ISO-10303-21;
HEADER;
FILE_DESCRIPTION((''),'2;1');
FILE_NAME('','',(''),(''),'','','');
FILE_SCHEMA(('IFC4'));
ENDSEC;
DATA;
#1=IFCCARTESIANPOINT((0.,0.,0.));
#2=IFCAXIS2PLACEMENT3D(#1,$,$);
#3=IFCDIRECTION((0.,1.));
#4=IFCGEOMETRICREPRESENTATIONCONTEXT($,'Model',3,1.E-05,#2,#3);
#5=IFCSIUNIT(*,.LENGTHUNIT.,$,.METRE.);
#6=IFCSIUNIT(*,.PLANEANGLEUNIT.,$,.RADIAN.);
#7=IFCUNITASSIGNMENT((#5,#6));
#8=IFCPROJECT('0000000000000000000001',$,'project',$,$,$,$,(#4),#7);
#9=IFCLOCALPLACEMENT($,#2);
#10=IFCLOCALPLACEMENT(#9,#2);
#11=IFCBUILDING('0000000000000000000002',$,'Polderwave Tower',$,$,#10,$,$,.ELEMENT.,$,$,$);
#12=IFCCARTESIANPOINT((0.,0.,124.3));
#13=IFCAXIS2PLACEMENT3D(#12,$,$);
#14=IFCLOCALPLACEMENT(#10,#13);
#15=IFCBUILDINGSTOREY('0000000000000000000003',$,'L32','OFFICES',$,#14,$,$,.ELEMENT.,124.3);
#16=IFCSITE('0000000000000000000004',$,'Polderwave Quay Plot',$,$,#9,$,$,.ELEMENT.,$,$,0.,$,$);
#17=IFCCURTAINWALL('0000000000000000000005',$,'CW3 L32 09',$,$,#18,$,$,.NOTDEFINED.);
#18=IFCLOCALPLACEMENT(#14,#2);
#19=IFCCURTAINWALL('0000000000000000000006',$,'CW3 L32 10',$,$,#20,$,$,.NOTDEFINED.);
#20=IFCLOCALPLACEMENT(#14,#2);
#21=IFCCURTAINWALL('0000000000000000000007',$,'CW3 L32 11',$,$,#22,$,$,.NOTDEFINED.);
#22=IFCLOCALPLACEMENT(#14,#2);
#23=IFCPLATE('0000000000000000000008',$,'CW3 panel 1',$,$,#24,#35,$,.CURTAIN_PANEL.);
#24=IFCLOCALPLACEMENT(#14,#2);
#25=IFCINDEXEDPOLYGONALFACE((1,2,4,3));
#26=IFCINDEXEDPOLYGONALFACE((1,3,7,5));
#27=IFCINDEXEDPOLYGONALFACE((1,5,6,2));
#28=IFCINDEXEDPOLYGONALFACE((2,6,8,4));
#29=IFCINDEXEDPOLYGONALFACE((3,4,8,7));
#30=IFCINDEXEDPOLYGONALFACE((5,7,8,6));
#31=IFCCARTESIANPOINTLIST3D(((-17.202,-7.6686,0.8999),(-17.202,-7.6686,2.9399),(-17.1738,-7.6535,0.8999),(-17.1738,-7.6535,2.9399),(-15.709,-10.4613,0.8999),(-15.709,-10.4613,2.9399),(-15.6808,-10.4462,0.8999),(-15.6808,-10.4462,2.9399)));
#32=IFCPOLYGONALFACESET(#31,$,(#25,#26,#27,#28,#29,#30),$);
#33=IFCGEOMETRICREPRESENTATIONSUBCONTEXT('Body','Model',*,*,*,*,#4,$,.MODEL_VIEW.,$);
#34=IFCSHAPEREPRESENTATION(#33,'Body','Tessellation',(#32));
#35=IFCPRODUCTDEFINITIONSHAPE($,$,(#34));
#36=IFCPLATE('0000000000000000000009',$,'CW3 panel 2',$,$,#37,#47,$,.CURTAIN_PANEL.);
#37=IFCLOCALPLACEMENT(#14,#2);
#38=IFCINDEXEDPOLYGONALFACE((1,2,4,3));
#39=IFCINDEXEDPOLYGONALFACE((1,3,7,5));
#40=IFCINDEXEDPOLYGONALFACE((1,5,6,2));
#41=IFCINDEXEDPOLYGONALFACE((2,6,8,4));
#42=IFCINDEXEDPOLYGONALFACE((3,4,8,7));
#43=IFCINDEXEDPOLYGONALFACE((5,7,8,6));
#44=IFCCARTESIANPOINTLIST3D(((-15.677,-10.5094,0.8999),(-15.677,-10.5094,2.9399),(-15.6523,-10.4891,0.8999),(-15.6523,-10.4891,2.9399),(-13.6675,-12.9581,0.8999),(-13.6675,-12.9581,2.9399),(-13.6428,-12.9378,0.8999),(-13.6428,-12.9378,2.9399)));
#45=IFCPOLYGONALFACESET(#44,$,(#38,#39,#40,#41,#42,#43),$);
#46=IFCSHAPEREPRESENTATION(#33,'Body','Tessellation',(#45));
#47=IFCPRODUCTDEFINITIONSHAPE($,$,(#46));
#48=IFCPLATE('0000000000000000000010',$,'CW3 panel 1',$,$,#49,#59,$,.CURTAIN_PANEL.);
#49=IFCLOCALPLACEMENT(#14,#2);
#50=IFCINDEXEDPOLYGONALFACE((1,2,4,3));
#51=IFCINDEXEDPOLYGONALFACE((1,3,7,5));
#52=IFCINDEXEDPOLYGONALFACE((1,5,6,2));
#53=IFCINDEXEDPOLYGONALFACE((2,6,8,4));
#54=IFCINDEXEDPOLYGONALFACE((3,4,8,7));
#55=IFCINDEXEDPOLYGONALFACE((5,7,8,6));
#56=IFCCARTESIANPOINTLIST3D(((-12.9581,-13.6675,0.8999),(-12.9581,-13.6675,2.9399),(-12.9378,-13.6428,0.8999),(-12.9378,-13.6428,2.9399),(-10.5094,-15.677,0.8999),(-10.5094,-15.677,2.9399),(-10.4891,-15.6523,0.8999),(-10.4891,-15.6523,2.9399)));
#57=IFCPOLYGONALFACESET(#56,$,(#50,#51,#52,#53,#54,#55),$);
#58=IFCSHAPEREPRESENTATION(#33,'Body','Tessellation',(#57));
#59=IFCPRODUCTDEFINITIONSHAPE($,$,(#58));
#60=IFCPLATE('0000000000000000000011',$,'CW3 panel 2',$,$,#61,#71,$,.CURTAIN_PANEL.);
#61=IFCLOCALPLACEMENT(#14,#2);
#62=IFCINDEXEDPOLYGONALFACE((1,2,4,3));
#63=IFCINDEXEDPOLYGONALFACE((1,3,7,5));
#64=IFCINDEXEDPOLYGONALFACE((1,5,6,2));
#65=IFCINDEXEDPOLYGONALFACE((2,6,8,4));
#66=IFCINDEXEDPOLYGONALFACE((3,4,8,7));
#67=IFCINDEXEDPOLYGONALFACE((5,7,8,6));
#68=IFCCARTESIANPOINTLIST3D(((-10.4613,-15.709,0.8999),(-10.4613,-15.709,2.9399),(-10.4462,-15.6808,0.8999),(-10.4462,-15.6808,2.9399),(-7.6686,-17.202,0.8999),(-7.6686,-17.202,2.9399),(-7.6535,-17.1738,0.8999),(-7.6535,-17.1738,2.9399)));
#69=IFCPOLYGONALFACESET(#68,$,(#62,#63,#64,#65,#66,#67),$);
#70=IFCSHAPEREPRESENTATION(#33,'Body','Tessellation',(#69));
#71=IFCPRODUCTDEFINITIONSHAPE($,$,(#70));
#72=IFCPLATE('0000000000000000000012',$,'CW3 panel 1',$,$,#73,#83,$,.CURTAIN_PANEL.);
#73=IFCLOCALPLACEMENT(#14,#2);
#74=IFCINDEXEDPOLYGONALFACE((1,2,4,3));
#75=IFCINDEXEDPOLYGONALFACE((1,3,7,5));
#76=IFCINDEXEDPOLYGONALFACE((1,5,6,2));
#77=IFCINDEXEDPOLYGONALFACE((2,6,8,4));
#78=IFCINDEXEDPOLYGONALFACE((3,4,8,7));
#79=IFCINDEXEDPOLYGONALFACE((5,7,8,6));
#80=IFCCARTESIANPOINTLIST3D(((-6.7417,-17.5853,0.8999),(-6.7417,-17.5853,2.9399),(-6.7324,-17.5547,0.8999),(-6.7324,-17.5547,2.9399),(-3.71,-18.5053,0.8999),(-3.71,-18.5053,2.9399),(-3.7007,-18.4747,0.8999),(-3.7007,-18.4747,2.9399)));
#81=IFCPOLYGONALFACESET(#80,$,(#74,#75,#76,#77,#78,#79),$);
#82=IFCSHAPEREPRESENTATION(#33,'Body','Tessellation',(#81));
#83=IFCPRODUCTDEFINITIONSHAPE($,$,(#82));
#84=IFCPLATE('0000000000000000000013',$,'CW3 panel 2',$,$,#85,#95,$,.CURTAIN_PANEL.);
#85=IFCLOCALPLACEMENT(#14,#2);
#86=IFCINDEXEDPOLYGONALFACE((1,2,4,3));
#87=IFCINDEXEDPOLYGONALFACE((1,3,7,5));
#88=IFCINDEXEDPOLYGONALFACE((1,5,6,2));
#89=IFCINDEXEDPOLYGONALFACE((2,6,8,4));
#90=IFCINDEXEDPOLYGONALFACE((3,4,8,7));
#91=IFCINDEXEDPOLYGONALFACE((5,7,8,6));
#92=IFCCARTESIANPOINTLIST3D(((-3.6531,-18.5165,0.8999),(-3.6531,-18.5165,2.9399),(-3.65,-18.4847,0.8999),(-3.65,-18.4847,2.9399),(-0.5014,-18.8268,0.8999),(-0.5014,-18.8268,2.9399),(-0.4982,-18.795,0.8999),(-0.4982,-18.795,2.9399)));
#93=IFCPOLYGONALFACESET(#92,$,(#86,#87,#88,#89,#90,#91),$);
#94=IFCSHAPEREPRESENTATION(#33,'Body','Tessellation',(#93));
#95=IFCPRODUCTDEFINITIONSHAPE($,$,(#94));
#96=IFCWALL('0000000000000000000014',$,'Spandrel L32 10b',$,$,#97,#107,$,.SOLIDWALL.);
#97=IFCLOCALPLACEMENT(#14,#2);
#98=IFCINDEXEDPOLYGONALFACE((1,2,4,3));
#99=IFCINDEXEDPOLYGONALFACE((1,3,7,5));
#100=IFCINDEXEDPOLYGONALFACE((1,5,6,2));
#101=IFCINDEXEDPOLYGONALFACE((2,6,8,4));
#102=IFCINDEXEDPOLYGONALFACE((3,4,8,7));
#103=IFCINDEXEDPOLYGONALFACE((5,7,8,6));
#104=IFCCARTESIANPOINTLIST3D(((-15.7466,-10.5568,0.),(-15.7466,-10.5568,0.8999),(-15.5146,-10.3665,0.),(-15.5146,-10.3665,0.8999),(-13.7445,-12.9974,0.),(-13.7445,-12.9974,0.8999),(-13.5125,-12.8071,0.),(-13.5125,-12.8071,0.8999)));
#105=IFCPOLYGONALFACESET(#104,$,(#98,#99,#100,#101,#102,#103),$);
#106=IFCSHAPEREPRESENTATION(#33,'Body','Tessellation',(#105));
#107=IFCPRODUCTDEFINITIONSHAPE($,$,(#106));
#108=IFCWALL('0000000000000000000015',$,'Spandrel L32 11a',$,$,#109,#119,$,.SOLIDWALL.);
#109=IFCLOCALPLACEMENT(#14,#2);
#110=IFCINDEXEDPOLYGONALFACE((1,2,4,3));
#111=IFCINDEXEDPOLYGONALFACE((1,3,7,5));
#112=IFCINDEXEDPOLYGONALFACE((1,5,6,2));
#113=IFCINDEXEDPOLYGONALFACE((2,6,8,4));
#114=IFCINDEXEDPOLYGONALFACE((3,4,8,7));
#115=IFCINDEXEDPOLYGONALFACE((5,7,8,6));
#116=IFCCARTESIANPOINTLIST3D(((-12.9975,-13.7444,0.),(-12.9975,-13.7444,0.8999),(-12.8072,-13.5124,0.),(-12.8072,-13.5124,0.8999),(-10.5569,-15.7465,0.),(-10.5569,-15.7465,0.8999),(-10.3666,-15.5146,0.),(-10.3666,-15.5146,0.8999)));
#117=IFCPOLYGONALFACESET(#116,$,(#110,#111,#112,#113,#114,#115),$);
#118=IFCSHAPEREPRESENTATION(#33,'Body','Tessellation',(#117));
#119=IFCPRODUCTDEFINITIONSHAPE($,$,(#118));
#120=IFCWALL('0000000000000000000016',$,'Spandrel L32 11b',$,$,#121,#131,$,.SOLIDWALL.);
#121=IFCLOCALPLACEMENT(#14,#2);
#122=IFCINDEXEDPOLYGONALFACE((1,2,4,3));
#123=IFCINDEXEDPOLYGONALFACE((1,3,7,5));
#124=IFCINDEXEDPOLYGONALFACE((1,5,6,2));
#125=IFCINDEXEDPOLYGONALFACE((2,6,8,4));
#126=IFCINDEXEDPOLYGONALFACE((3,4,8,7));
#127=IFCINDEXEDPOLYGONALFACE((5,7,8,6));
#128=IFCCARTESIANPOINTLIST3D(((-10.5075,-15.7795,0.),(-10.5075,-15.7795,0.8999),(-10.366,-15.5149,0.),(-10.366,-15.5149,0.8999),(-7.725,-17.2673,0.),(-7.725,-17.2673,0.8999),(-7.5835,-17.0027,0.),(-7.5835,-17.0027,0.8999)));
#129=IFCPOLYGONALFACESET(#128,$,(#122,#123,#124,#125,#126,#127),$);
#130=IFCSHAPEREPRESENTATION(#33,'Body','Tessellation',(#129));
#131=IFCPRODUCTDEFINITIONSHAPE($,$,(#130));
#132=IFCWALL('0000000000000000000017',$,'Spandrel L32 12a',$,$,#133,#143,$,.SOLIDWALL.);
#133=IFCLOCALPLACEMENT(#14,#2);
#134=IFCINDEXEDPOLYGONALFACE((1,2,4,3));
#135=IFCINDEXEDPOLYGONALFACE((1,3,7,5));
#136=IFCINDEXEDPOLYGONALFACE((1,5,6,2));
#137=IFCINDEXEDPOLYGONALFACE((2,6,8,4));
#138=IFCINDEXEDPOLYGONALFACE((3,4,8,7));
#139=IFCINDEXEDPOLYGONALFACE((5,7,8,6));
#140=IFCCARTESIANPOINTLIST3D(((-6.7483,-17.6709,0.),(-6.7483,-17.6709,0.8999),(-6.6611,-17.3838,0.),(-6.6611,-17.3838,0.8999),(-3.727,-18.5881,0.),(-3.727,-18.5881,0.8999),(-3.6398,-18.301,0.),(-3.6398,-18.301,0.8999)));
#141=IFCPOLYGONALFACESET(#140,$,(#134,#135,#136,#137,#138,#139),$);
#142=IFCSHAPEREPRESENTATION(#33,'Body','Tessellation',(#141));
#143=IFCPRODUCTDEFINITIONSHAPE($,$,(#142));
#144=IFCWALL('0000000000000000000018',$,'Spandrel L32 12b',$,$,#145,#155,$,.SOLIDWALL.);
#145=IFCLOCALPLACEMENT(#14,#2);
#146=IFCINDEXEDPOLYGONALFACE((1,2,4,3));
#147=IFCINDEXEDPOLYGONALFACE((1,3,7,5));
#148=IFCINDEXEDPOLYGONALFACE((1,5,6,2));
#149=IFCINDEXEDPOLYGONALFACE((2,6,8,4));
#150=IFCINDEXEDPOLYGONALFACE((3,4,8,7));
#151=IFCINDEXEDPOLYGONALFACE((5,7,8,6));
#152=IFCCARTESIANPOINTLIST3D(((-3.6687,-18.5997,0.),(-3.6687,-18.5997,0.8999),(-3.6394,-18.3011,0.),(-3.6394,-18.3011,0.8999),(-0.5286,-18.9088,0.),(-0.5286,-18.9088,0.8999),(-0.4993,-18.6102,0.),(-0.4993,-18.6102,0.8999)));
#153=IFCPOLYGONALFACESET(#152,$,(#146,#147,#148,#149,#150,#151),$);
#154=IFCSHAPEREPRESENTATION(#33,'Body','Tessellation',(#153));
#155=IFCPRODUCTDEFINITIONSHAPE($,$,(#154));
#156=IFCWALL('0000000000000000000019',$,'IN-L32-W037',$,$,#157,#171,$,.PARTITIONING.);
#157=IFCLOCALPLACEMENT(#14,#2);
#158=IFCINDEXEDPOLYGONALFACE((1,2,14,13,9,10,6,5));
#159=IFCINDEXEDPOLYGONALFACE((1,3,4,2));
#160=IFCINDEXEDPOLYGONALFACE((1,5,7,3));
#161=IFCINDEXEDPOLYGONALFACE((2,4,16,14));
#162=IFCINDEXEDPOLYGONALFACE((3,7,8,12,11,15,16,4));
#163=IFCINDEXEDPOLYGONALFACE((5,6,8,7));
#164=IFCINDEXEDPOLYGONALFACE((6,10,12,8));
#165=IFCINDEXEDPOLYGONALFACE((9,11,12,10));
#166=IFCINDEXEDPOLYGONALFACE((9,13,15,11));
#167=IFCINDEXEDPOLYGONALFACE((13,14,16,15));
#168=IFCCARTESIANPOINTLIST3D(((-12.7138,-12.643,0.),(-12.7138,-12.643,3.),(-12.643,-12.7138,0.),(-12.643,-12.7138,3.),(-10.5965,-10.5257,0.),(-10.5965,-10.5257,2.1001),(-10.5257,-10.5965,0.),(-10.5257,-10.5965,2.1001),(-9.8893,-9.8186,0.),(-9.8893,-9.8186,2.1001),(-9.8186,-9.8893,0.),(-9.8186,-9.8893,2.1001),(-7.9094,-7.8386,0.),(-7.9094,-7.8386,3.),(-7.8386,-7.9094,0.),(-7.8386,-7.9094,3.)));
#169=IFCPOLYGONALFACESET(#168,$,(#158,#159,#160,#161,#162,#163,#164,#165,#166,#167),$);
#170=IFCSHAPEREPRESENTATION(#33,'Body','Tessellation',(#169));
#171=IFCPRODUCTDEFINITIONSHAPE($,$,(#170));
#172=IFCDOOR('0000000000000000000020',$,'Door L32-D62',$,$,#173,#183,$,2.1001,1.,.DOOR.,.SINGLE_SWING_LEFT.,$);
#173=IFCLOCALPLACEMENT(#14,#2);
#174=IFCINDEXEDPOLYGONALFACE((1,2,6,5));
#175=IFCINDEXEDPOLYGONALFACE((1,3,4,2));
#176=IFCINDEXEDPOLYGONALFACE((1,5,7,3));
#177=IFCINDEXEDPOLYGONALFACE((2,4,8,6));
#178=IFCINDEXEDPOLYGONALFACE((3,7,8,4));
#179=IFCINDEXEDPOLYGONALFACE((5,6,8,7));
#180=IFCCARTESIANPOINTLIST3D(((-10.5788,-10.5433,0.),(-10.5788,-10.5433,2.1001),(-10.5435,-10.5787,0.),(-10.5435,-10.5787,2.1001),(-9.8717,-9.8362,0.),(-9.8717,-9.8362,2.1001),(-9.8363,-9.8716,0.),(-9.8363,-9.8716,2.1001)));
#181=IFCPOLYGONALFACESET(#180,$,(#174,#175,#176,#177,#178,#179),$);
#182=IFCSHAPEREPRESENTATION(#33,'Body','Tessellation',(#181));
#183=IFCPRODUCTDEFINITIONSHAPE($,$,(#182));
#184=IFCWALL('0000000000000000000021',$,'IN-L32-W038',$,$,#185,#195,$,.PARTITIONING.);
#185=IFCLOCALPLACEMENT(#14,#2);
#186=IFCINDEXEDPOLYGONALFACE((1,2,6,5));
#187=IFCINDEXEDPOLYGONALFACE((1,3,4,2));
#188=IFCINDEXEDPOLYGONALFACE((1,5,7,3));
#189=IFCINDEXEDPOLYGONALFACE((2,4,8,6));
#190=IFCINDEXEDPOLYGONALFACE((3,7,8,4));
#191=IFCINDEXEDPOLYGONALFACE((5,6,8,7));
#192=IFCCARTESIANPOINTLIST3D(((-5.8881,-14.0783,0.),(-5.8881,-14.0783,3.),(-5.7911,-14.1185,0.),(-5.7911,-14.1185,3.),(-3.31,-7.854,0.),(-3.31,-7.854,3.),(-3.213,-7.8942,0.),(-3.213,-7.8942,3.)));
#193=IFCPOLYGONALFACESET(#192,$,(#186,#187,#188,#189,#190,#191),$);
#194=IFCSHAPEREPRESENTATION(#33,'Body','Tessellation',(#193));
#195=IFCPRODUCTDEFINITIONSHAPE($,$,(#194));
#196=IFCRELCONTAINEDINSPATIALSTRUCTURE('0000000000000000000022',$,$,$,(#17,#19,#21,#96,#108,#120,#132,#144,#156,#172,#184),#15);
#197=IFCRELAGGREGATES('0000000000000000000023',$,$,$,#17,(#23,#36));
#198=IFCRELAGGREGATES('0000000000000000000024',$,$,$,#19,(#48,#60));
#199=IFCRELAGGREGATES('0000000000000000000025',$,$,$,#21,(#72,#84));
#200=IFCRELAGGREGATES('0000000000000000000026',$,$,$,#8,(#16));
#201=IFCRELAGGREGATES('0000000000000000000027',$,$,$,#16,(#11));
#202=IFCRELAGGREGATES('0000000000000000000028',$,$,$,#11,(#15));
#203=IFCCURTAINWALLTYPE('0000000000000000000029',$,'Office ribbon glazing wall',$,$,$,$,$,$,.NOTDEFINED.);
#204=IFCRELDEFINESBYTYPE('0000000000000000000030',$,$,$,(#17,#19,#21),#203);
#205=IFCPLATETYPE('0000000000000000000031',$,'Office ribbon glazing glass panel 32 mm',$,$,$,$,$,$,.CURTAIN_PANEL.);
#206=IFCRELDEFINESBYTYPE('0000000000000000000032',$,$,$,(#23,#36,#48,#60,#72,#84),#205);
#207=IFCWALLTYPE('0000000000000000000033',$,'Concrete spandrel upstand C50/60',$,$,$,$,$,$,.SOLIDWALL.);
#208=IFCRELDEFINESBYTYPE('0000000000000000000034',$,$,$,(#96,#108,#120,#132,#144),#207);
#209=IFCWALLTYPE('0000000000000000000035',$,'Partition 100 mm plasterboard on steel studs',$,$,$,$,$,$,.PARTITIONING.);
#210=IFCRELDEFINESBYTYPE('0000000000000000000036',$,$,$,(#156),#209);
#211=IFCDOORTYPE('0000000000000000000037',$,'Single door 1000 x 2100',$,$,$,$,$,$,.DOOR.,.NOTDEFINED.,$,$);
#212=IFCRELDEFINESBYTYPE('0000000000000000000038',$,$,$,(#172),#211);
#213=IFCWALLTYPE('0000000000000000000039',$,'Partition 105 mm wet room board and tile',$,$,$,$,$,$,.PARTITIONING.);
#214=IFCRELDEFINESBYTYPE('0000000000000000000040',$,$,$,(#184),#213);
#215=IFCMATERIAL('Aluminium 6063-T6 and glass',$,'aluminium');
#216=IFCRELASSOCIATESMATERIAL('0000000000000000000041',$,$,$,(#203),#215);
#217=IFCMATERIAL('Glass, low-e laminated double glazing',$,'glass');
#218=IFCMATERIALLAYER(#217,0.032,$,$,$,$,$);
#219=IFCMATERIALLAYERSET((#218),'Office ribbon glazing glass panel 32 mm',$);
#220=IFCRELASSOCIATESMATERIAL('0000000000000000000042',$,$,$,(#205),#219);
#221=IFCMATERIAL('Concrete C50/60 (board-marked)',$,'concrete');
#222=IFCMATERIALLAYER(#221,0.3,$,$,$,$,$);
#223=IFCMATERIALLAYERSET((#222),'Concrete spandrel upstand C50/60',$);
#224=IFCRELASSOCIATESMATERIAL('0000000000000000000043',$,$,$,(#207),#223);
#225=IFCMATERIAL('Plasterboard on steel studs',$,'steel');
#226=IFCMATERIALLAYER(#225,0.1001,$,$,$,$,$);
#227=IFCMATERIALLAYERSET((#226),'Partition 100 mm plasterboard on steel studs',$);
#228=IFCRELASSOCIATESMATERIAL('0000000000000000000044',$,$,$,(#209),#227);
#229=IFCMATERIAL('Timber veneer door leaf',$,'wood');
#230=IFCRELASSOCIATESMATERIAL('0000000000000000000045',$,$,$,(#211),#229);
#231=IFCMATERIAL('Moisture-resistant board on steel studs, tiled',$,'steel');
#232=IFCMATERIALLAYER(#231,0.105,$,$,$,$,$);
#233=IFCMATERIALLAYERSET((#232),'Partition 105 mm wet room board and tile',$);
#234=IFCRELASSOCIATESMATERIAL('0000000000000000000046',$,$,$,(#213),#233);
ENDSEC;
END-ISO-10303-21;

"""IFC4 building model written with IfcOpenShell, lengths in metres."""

from ifc_helpers import new_model, si_unit, direction, frame, frame_2d, origin, origin_2d, place, context, subcontext, project, spatial, rectangle, extrude, material, layer, layer_set, type_object, element, fill, aggregate, save


model = new_model("IFC4")

# Units and contexts
model_context = context("Model", 3, precision=1e-05, world=origin(), true_north=direction((0.0, 1.0)))
body_context = subcontext(model_context, "Body", "Model", "MODEL_VIEW")
ifc_project = project(units=[si_unit("LENGTHUNIT", "METRE"), si_unit("PLANEANGLEUNIT", "RADIAN")], contexts=[model_context])

# Site, building, storey
site_placement = place(None, origin())
site = spatial("IfcSite", under=ifc_project, at=site_placement, Name="Polderwave Quay Plot", CompositionType="ELEMENT", RefElevation=0.0)
building_placement = place(site_placement, origin())
building = spatial("IfcBuilding", under=site, at=building_placement, Name="Polderwave Tower", CompositionType="ELEMENT")
storey_placement = place(building_placement, frame((0.0, 0.0, 124.3)))
storey = spatial("IfcBuildingStorey", under=building, at=storey_placement, Name="L32", Description="OFFICES", CompositionType="ELEMENT", Elevation=124.3)

# Curtain walls
ifc_material_1 = material(Name="Aluminium 6063-T6 and glass", Category="aluminium")
curtain_wall_type = type_object("IfcCurtainWallType", Name="Office ribbon glazing wall", PredefinedType="NOTDEFINED", material=ifc_material_1)
curtain_wall_1_placement = place(storey_placement, origin())
curtain_wall_1 = element("IfcCurtainWall", 1, at=curtain_wall_1_placement, inside=storey, type_object=curtain_wall_type, Name="CW3 L32 09", PredefinedType="NOTDEFINED")
curtain_wall_2_placement = place(storey_placement, origin())
curtain_wall_2 = element("IfcCurtainWall", 2, at=curtain_wall_2_placement, inside=storey, type_object=curtain_wall_type, Name="CW3 L32 10", PredefinedType="NOTDEFINED")
curtain_wall_3_placement = place(storey_placement, origin())
curtain_wall_3 = element("IfcCurtainWall", 3, at=curtain_wall_3_placement, inside=storey, type_object=curtain_wall_type, Name="CW3 L32 11", PredefinedType="NOTDEFINED")

# Plates
ifc_material_2 = material(Name="Glass, low-e laminated double glazing", Category="glass")
ifc_layer_1 = layer(ifc_material_2, 0.032)
ifc_layer_set_1 = layer_set([ifc_layer_1], Name="Office ribbon glazing glass panel 32 mm")
plate_type = type_object("IfcPlateType", Name="Office ribbon glazing glass panel 32 mm", PredefinedType="CURTAIN_PANEL", material=ifc_layer_set_1)
plate_1_placement = place(storey_placement, frame((-16.4414, -9.0574, 0.8999), z_axis=(0.0, 0.0, 1.0), x_axis=(0.471466, -0.881884, 0.0)))
plate_1 = element("IfcPlate", 4, at=plate_1_placement, type_object=plate_type, Name="CW3 panel 1", PredefinedType="CURTAIN_PANEL", context=body_context, shape_type="SweptSolid", body=[
    extrude(rectangle(XDim=3.1667, YDim=0.032, at=origin_2d()), origin(), (0.0, 0.0, 1.0), 2.04),
])
plate_2_placement = place(storey_placement, frame((-14.6599, -11.7236, 0.8999), z_axis=(0.0, 0.0, 1.0), x_axis=(0.634378, -0.773023, 0.0)))
plate_2 = element("IfcPlate", 5, at=plate_2_placement, type_object=plate_type, Name="CW3 panel 2", PredefinedType="CURTAIN_PANEL", context=body_context, shape_type="SweptSolid", body=[
    extrude(rectangle(XDim=3.1677, YDim=0.032, at=origin_2d()), origin(), (0.0, 0.0, 1.0), 2.04),
])
aggregate(curtain_wall_1, [plate_1, plate_2])
plate_3_placement = place(storey_placement, frame((-11.7236, -14.6599, 0.8999), z_axis=(0.0, 0.0, 1.0), x_axis=(0.773023, -0.634378, 0.0)))
plate_3 = element("IfcPlate", 6, at=plate_3_placement, type_object=plate_type, Name="CW3 panel 1", PredefinedType="CURTAIN_PANEL", context=body_context, shape_type="SweptSolid", body=[
    extrude(rectangle(XDim=3.1677, YDim=0.032, at=origin_2d()), origin(), (0.0, 0.0, 1.0), 2.04),
])
plate_4_placement = place(storey_placement, frame((-9.0574, -16.4414, 0.8999), z_axis=(0.0, 0.0, 1.0), x_axis=(0.881884, -0.471466, 0.0)))
plate_4 = element("IfcPlate", 7, at=plate_4_placement, type_object=plate_type, Name="CW3 panel 2", PredefinedType="CURTAIN_PANEL", context=body_context, shape_type="SweptSolid", body=[
    extrude(rectangle(XDim=3.1667, YDim=0.032, at=origin_2d()), origin(), (0.0, 0.0, 1.0), 2.04),
])
aggregate(curtain_wall_2, [plate_3, plate_4])
plate_5_placement = place(storey_placement, frame((-5.2212, -18.03, 0.8999), z_axis=(0.0, 0.0, 1.0), x_axis=(0.956908, -0.29039, 0.0)))
plate_5 = element("IfcPlate", 8, at=plate_5_placement, type_object=plate_type, Name="CW3 panel 1", PredefinedType="CURTAIN_PANEL", context=body_context, shape_type="SweptSolid", body=[
    extrude(rectangle(XDim=3.1682, YDim=0.032, at=origin_2d()), origin(), (0.0, 0.0, 1.0), 2.04),
])
plate_6_placement = place(storey_placement, frame((-2.0757, -18.6558, 0.8999), z_axis=(0.0, 0.0, 1.0), x_axis=(0.995188, -0.097984, 0.0)))
plate_6 = element("IfcPlate", 9, at=plate_6_placement, type_object=plate_type, Name="CW3 panel 2", PredefinedType="CURTAIN_PANEL", context=body_context, shape_type="SweptSolid", body=[
    extrude(rectangle(XDim=3.167, YDim=0.032, at=origin_2d()), origin(), (0.0, 0.0, 1.0), 2.04),
])
aggregate(curtain_wall_3, [plate_5, plate_6])

# Walls
ifc_material_3 = material(Name="Concrete C50/60 (board-marked)", Category="concrete")
ifc_layer_2 = layer(ifc_material_3, 0.3)
ifc_layer_set_2 = layer_set([ifc_layer_2], Name="Concrete spandrel upstand C50/60")
wall_type_1 = type_object("IfcWallType", Name="Concrete spandrel upstand C50/60", PredefinedType="SOLIDWALL", material=ifc_layer_set_2)
for number, where, z_axis, x_axis, name in (
    (10, (-15.6306, -10.4617, 0.0), (0.0, 0.0, 1.0), (0.63424, -0.773137, 0.0), "Spandrel L32 10b"),
    (11, (-12.9023, -13.6284, 0.0), (0.0, 0.0, 1.0), (0.773137, -0.63424, 0.0), "Spandrel L32 11a"),
):
    element("IfcWall", number, at=place(storey_placement, frame(where, z_axis=z_axis, x_axis=x_axis)), inside=storey, type_object=wall_type_1, Name=name, PredefinedType="SOLIDWALL", context=body_context, shape_type="SweptSolid", body=[
        extrude(rectangle(XDim=3.1567, YDim=0.3, at=frame_2d((1.5784, 0.0))), origin(), (0.0, 0.0, 1.0), 0.8999),
    ])
wall_1_placement = place(storey_placement, frame((-10.4368, -15.6472, 0.0), z_axis=(0.0, 0.0, 1.0), x_axis=(0.881851, -0.471528, 0.0)))
element("IfcWall", 12, at=wall_1_placement, inside=storey, type_object=wall_type_1, Name="Spandrel L32 11b", PredefinedType="SOLIDWALL", context=body_context, shape_type="SweptSolid", body=[
    extrude(rectangle(XDim=3.1553, YDim=0.3, at=frame_2d((1.5776, 0.0))), origin(), (0.0, 0.0, 1.0), 0.8999),
])
wall_2_placement = place(storey_placement, frame((-6.7046, -17.5273, 0.0), z_axis=(0.0, 0.0, 1.0), x_axis=(0.956874, -0.290503, 0.0)))
element("IfcWall", 13, at=wall_2_placement, inside=storey, type_object=wall_type_1, Name="Spandrel L32 12a", PredefinedType="SOLIDWALL", context=body_context, shape_type="SweptSolid", body=[
    extrude(rectangle(XDim=3.1575, YDim=0.3, at=frame_2d((1.5786, 0.0))), origin(), (0.0, 0.0, 1.0), 0.8999),
])
wall_3_placement = place(storey_placement, frame((-3.6541, -18.4504, 0.0), z_axis=(0.0, 0.0, 1.0), x_axis=(0.995191, -0.097956, 0.0)))
element("IfcWall", 14, at=wall_3_placement, inside=storey, type_object=wall_type_1, Name="Spandrel L32 12b", PredefinedType="SOLIDWALL", context=body_context, shape_type="SweptSolid", body=[
    extrude(rectangle(XDim=3.1553, YDim=0.3, at=frame_2d((1.5776, 0.0))), origin(), (0.0, 0.0, 1.0), 0.8999),
])

# Wall, opening, door
ifc_material_4 = material(Name="Plasterboard on steel studs", Category="steel")
ifc_layer_3 = layer(ifc_material_4, 0.1001)
ifc_layer_set_3 = layer_set([ifc_layer_3], Name="Partition 100 mm plasterboard on steel studs")
wall_type_2 = type_object("IfcWallType", Name="Partition 100 mm plasterboard on steel studs", PredefinedType="PARTITIONING", material=ifc_layer_set_3)
wall_4_placement = place(storey_placement, frame((-7.874, -7.874, 0.0), z_axis=(0.0, 0.0, 1.0), x_axis=(-0.707107, -0.707107, 0.0)))
wall_4 = element("IfcWall", 15, at=wall_4_placement, inside=storey, type_object=wall_type_2, Name="IN-L32-W037", PredefinedType="PARTITIONING", context=body_context, shape_type="SweptSolid", body=[
    extrude(rectangle(XDim=6.7944, YDim=0.1001, at=frame_2d((3.3972, 0.0))), origin(), (0.0, 0.0, 1.0), 3.0),
])
opening_1_placement = place(wall_4_placement, frame((2.8, 0.0, 0.0)))
opening_1 = element("IfcOpeningElement", 16, at=opening_1_placement, cuts=wall_4, PredefinedType="OPENING", context=body_context, shape_type="SweptSolid", body=[
    extrude(rectangle(XDim=1.0, YDim=2.1001, at=frame_2d((0.5, 1.05))), frame((0.0, 0.0601, 0.0), z_axis=(0.0, -1.0, 0.0), x_axis=(1.0, 0.0, 0.0)), (0.0, 0.0, 1.0), 0.1201),
])
ifc_material_5 = material(Name="Timber veneer door leaf", Category="wood")
door_type = type_object("IfcDoorType", Name="Single door 1000 x 2100", OperationType="NOTDEFINED", PredefinedType="DOOR", material=ifc_material_5)
door_1_placement = place(opening_1_placement, origin())
door_1 = element("IfcDoor", 17, at=door_1_placement, inside=storey, type_object=door_type, Name="Door L32-D62", OperationType="SINGLE_SWING_LEFT", OverallHeight=2.1001, OverallWidth=1.0, PredefinedType="DOOR", context=body_context, shape_type="SweptSolid", body=[
    extrude(rectangle(XDim=1.0, YDim=2.1001, at=frame_2d((0.5, 1.05))), frame((0.0, 0.0249, 0.0), z_axis=(0.0, -1.0, 0.0), x_axis=(1.0, 0.0, 0.0)), (0.0, 0.0, 1.0), 0.05),
])
fill(opening_1, door_1)

# Wall
ifc_material_6 = material(Name="Moisture-resistant board on steel studs, tiled", Category="steel")
ifc_layer_4 = layer(ifc_material_6, 0.105)
ifc_layer_set_4 = layer_set([ifc_layer_4], Name="Partition 105 mm wet room board and tile")
wall_type_3 = type_object("IfcWallType", Name="Partition 105 mm wet room board and tile", PredefinedType="PARTITIONING", material=ifc_layer_set_4)
wall_5_placement = place(storey_placement, frame((-3.2615, -7.874, 0.0), z_axis=(0.0, 0.0, 1.0), x_axis=(-0.382672, -0.923884, 0.0)))
element("IfcWall", 18, at=wall_5_placement, inside=storey, type_object=wall_type_3, Name="IN-L32-W038", PredefinedType="PARTITIONING", context=body_context, shape_type="SweptSolid", body=[
    extrude(rectangle(XDim=6.7371, YDim=0.105, at=frame_2d((3.3687, 0.0))), origin(), (0.0, 0.0, 1.0), 3.0),
])

save(model, "model.ifc")
